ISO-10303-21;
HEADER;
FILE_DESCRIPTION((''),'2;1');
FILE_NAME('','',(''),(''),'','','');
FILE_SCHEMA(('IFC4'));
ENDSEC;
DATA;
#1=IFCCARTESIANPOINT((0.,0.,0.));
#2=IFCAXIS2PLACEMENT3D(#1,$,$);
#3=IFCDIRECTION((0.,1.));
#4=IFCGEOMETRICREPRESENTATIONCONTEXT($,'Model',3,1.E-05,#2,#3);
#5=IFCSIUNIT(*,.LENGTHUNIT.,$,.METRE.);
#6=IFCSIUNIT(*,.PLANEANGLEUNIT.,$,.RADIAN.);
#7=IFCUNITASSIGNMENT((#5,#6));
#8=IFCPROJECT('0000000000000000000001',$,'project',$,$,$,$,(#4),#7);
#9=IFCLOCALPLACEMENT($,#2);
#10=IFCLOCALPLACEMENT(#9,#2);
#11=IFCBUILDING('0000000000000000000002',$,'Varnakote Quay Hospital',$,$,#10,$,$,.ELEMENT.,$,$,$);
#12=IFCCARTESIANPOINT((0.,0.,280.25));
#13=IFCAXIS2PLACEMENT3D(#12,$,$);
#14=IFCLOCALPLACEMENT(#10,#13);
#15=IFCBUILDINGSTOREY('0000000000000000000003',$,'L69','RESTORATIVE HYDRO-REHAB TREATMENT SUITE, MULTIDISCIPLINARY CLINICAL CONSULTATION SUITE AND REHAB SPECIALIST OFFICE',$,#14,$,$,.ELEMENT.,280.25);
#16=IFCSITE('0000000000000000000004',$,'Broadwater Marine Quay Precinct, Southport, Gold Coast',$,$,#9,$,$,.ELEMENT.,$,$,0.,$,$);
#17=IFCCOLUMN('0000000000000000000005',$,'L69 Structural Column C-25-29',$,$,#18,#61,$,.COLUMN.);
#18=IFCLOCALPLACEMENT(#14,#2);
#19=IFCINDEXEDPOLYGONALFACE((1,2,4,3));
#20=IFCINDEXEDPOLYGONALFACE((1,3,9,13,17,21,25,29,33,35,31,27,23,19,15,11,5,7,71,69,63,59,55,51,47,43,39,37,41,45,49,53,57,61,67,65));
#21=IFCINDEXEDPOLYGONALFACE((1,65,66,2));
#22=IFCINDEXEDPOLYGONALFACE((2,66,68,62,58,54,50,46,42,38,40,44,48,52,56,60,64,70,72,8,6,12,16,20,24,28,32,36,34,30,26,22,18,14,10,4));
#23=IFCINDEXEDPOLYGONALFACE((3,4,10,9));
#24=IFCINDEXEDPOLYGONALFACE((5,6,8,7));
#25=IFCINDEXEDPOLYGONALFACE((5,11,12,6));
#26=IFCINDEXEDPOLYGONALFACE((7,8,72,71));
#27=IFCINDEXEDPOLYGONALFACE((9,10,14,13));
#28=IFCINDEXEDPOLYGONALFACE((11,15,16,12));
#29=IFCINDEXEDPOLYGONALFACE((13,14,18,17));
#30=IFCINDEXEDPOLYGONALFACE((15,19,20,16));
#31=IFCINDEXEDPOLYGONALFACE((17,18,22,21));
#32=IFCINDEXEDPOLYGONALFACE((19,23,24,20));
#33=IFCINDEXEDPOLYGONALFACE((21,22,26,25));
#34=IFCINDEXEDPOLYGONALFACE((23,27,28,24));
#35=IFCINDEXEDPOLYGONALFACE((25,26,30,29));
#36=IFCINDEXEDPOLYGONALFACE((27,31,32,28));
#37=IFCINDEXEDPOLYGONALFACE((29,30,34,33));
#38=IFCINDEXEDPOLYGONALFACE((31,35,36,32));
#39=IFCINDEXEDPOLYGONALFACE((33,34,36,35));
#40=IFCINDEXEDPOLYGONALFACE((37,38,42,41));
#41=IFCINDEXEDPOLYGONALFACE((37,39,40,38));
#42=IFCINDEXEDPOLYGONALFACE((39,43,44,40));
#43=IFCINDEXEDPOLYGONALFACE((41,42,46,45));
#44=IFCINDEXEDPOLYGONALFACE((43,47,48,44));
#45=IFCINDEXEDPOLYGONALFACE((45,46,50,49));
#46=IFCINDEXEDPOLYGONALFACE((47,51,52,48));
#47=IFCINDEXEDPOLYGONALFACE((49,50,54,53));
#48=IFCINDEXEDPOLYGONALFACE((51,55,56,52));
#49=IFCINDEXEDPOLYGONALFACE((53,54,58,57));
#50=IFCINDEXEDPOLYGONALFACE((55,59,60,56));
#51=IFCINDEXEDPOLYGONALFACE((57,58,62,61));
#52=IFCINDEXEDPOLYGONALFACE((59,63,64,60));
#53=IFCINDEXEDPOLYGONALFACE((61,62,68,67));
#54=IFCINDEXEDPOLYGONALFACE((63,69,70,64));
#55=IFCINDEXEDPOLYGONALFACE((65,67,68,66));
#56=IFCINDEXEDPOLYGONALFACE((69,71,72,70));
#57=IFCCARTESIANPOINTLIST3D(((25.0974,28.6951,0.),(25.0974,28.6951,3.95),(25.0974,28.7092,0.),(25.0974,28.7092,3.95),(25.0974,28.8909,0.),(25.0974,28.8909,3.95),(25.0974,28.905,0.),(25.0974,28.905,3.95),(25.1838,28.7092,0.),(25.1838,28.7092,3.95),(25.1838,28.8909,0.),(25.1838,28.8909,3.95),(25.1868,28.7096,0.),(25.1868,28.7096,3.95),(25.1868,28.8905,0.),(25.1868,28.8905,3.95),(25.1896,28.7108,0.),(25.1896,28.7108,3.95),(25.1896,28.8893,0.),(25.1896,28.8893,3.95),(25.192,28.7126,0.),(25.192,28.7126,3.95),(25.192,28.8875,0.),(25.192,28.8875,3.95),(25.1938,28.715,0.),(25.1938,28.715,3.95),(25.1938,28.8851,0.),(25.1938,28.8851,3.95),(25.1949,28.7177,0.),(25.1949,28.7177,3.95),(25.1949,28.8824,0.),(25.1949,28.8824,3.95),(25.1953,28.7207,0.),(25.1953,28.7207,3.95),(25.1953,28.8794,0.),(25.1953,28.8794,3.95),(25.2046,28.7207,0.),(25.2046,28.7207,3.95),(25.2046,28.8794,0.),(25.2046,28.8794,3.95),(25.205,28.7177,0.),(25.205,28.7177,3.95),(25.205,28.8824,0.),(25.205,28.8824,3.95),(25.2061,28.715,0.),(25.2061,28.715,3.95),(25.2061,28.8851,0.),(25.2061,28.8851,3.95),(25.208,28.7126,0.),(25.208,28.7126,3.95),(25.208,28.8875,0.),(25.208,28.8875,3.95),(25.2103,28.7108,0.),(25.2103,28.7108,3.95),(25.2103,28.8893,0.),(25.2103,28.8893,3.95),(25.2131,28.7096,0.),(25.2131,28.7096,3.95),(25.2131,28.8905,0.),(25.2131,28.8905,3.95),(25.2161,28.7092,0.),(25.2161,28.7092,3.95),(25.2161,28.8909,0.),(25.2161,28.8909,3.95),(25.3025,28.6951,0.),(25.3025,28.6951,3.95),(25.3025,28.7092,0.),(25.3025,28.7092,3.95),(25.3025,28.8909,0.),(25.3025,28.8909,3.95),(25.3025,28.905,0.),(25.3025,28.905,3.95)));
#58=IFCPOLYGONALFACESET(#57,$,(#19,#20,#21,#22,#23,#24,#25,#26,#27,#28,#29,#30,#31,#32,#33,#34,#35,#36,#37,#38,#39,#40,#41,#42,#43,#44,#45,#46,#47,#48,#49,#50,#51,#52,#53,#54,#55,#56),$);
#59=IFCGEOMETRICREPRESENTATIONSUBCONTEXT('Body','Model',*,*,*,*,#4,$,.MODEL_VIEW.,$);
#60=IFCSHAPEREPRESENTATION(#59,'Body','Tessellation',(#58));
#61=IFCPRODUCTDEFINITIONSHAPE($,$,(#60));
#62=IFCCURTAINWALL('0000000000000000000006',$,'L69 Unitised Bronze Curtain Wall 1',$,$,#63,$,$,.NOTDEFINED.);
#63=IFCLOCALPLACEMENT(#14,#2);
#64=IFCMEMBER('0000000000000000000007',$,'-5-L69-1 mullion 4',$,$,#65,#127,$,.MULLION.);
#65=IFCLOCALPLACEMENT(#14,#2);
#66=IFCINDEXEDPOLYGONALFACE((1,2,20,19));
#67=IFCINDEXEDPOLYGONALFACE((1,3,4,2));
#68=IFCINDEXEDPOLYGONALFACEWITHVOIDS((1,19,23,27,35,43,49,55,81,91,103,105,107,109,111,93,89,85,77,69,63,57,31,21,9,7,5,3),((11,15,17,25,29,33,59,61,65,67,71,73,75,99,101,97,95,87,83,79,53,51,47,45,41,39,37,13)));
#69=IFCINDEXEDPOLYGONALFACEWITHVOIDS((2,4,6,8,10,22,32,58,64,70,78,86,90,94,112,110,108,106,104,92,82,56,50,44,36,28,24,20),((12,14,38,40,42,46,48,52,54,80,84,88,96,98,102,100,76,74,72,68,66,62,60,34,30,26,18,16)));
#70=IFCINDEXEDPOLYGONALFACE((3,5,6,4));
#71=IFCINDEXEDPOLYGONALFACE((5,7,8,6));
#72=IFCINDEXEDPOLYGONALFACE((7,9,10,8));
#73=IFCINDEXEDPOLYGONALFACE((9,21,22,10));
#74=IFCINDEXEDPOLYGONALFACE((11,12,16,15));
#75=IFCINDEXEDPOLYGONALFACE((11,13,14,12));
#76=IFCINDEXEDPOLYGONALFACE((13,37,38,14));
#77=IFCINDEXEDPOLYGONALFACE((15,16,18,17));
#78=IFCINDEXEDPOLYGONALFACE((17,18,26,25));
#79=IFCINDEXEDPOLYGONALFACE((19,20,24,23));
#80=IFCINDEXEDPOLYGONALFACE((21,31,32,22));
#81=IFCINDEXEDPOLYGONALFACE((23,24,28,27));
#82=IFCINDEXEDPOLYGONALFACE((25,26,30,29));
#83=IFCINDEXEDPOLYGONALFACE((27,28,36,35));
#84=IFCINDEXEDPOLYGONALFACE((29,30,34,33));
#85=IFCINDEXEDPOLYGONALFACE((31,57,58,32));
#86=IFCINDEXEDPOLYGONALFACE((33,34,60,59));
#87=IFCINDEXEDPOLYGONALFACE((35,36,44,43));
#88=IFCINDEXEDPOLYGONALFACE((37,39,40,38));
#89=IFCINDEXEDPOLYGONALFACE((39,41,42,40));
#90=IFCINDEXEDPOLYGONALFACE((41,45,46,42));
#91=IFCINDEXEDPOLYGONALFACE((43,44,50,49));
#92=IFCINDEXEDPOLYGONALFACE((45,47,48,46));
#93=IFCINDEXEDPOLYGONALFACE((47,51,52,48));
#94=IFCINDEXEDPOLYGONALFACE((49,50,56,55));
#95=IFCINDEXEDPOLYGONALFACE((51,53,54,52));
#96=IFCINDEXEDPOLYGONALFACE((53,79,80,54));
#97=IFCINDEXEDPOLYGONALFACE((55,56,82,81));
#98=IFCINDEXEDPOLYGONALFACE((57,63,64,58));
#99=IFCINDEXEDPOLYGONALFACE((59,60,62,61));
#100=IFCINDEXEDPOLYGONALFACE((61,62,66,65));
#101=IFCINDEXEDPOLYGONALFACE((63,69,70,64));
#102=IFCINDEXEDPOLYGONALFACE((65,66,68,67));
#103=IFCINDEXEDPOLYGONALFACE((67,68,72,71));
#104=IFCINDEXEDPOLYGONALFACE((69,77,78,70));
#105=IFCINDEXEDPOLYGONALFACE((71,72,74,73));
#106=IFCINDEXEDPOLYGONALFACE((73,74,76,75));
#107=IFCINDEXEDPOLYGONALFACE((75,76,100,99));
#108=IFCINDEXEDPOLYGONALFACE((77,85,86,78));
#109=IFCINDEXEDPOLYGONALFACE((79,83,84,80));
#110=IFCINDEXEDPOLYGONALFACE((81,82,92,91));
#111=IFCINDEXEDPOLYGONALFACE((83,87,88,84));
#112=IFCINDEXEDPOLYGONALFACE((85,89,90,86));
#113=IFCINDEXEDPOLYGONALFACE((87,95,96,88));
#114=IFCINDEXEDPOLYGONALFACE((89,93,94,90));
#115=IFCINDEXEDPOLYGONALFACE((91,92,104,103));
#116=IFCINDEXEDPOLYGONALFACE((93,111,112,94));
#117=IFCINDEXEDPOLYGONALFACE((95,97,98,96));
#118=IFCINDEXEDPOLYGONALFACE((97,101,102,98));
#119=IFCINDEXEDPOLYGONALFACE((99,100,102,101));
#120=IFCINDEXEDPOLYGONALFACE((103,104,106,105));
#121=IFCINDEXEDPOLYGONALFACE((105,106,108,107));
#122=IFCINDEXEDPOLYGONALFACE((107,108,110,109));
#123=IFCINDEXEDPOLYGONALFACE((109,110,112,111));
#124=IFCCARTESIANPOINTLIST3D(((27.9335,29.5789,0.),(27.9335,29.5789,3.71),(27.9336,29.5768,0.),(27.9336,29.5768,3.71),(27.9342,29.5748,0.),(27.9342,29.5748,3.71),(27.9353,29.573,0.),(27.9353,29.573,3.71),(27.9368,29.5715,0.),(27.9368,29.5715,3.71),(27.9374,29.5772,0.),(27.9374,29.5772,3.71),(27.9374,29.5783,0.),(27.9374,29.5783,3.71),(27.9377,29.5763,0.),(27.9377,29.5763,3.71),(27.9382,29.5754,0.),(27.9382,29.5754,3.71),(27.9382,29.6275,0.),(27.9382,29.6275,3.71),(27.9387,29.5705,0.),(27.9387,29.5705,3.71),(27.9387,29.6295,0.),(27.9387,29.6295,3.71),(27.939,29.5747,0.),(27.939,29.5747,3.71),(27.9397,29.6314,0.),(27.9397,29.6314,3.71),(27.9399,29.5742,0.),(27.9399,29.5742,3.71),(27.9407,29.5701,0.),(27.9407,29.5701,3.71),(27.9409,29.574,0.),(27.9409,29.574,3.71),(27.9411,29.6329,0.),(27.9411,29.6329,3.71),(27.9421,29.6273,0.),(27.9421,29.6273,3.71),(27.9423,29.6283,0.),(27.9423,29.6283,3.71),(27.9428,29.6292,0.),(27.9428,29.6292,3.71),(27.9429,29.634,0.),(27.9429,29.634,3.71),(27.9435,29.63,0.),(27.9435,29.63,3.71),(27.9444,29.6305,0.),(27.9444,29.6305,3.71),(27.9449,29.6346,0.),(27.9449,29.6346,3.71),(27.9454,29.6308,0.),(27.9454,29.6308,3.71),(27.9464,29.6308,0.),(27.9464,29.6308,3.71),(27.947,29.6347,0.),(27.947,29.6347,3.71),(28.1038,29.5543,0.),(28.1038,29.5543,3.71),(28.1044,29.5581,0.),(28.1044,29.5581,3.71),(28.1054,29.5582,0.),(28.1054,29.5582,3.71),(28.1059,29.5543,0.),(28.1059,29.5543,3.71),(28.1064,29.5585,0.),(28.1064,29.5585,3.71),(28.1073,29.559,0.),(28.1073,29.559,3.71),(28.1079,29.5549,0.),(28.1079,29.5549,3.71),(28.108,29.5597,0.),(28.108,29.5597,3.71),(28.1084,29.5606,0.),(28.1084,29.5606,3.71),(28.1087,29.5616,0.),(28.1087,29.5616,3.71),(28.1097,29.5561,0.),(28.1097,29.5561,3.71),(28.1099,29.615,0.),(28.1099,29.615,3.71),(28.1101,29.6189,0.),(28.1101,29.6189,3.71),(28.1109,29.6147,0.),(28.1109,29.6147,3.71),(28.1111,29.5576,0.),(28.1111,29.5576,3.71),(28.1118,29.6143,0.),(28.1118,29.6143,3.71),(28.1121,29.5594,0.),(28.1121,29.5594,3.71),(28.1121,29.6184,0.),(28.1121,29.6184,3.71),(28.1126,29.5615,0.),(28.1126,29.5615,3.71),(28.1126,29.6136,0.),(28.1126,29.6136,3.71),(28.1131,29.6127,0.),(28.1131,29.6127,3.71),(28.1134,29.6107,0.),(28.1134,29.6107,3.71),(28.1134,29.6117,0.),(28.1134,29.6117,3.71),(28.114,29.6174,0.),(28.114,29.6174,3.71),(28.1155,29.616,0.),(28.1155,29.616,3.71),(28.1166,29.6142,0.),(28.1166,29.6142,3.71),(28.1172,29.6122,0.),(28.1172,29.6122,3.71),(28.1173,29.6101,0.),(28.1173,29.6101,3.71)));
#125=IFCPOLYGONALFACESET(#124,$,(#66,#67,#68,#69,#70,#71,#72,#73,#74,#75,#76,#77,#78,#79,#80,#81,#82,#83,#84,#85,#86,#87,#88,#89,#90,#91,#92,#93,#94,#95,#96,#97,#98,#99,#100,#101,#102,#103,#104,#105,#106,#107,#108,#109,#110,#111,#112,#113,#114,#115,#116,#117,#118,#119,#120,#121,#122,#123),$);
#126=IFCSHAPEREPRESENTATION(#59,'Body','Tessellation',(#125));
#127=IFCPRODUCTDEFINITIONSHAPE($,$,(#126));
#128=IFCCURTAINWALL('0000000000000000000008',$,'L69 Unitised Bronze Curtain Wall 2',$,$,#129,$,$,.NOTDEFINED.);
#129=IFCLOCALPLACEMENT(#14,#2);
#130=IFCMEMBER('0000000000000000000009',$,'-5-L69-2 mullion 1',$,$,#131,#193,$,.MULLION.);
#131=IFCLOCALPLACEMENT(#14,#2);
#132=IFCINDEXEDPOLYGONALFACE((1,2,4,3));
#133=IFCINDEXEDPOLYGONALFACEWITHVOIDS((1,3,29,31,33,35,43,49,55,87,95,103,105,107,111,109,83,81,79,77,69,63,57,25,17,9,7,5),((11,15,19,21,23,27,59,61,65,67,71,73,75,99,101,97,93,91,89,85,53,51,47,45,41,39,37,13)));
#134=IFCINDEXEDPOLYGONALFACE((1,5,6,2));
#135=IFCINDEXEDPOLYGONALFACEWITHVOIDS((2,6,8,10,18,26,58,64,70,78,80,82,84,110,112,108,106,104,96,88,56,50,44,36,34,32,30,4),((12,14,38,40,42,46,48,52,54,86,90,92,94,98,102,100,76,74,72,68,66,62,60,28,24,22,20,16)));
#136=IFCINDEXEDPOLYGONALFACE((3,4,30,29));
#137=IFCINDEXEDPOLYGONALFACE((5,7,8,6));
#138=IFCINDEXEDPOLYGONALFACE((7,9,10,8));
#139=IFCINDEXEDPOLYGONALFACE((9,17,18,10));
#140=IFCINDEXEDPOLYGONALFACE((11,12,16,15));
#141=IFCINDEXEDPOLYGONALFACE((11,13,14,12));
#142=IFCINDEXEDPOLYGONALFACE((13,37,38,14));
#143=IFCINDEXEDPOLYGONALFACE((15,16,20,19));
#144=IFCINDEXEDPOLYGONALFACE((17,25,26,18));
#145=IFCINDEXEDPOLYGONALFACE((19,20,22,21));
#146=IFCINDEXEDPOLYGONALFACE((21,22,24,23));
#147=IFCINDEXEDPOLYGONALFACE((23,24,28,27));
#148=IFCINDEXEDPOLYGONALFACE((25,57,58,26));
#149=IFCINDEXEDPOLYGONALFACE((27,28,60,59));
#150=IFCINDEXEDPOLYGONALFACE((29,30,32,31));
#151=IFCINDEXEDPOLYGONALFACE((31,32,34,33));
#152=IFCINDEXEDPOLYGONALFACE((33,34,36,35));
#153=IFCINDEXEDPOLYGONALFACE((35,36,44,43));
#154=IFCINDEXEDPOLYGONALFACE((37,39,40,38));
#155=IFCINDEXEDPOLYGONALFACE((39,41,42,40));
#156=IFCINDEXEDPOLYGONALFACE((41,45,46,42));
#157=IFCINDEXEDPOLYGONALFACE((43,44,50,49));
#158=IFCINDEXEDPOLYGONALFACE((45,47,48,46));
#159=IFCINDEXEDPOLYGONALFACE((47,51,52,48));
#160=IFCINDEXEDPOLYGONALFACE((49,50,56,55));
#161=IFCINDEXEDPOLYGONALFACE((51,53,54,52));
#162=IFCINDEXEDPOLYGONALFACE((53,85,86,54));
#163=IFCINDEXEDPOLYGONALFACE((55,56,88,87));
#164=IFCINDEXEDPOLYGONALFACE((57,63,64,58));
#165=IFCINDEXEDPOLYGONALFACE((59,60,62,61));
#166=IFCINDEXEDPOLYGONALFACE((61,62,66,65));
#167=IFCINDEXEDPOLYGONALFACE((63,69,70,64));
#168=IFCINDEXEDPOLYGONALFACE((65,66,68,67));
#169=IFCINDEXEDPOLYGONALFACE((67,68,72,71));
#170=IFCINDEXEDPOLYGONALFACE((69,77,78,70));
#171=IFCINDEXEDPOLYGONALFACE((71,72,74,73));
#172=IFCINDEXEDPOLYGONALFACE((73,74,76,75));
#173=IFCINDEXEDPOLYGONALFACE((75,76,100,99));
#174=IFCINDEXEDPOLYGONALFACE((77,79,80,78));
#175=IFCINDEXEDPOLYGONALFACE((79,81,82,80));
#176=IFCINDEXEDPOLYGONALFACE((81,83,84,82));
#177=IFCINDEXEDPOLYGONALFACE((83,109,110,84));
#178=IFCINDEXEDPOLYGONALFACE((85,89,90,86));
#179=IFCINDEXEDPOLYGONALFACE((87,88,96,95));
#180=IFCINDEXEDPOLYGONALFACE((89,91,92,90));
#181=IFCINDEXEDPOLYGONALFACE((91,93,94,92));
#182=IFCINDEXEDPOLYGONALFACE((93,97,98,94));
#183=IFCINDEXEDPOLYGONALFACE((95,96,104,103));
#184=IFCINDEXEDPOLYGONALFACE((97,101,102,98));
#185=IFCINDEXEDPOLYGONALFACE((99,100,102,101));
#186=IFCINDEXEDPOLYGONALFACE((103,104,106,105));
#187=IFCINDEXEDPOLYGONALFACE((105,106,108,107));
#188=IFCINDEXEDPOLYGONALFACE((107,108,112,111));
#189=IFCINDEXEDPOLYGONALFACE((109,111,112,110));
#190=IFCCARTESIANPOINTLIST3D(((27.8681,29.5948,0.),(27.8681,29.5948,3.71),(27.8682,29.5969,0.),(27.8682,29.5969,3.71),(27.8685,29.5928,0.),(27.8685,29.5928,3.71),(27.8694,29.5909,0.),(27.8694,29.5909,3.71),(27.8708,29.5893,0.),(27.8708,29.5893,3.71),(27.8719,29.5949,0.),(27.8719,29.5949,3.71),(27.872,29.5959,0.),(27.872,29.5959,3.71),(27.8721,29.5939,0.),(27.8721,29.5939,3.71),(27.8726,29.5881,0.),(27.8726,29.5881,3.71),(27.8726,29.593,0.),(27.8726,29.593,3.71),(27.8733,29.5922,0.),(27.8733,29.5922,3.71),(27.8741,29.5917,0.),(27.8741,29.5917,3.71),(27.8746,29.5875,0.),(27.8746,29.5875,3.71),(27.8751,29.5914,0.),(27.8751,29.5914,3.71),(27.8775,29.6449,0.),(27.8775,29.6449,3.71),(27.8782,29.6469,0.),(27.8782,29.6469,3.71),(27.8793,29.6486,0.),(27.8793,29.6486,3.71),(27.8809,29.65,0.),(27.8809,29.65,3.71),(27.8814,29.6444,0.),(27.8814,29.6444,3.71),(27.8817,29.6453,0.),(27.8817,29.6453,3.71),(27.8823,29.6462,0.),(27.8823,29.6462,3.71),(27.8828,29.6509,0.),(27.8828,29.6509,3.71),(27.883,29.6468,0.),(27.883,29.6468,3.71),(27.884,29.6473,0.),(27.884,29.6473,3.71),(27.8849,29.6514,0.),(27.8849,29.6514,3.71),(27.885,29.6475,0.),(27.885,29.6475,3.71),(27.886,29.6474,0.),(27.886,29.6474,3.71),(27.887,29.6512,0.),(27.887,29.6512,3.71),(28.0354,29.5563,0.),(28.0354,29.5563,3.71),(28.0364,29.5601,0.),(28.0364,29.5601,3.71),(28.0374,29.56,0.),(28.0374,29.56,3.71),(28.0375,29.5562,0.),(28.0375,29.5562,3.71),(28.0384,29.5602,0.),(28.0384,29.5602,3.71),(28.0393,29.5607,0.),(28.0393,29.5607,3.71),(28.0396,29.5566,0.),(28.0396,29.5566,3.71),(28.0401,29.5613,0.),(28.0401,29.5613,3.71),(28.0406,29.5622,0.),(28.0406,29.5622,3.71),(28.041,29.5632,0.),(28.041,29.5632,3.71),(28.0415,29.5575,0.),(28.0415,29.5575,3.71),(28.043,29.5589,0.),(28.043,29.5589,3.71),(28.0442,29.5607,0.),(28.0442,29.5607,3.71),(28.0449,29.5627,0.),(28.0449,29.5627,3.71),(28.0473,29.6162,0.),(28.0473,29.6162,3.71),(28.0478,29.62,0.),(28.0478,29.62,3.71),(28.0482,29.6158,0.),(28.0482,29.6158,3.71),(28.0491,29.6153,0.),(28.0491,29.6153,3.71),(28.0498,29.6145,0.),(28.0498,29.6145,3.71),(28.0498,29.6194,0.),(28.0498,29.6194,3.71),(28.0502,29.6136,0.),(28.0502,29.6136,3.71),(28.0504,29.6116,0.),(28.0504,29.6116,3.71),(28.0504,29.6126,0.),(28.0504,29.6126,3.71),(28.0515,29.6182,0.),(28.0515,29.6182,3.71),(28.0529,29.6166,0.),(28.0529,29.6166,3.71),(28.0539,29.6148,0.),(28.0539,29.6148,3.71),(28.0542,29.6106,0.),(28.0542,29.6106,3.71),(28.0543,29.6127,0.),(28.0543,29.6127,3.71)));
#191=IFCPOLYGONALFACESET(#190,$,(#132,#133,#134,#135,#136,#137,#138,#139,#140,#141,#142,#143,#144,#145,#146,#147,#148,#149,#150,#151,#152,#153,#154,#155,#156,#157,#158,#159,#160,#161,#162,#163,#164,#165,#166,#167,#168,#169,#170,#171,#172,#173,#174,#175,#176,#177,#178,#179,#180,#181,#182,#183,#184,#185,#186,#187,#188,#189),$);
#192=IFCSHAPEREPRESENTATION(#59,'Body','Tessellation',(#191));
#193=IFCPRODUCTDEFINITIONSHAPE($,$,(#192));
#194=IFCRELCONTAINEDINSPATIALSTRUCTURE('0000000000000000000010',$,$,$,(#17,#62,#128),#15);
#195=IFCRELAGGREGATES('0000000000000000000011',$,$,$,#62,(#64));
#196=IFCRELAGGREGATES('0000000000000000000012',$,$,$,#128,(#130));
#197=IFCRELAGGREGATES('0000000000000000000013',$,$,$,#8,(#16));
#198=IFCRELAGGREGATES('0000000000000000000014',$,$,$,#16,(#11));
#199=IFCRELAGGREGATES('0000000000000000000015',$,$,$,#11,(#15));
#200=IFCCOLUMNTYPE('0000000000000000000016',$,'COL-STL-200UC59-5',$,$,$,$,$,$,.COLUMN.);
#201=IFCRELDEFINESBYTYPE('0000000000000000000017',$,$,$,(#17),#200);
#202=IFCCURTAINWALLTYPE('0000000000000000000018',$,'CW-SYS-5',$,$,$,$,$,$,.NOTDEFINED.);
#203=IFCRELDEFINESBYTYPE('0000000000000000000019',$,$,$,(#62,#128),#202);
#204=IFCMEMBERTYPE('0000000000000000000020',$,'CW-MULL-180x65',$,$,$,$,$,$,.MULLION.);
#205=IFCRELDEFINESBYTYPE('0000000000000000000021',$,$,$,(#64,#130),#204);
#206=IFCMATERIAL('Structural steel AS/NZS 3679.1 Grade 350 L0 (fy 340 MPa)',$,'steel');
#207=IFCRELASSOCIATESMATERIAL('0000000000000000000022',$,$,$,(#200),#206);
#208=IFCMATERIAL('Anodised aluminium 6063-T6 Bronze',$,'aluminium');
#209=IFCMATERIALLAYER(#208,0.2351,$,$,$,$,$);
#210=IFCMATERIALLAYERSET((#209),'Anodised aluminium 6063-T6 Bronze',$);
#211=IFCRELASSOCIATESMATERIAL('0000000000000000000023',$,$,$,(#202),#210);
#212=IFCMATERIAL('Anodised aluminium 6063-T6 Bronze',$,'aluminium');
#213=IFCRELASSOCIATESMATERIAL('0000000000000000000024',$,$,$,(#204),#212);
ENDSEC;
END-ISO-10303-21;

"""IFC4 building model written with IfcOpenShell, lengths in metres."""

from ifc_helpers import new_model, si_unit, direction, frame, origin, origin_2d, place, context, subcontext, project, spatial, hollow_rectangle, i_section, extrude, material, layer, layer_set, material_profile, profile_set, type_object, element, aggregate, save


model = new_model("IFC4")

# Units and contexts
model_context = context("Model", 3, precision=1e-05, world=origin(), true_north=direction((0.0, 1.0)))
body_context = subcontext(model_context, "Body", "Model", "MODEL_VIEW")
ifc_project = project(units=[si_unit("LENGTHUNIT", "METRE"), si_unit("PLANEANGLEUNIT", "RADIAN")], contexts=[model_context])

# Site, building, storey
site_placement = place(None, origin())
site = spatial("IfcSite", under=ifc_project, at=site_placement, Name="Broadwater Marine Quay Precinct, Southport, Gold Coast", CompositionType="ELEMENT", RefElevation=0.0)
building_placement = place(site_placement, origin())
building = spatial("IfcBuilding", under=site, at=building_placement, Name="Varnakote Quay Hospital", CompositionType="ELEMENT")
storey_placement = place(building_placement, frame((0.0, 0.0, 280.25)))
storey = spatial("IfcBuildingStorey", under=building, at=storey_placement, Name="L69", Description="RESTORATIVE HYDRO-REHAB TREATMENT SUITE, MULTIDISCIPLINARY CLINICAL CONSULTATION SUITE AND REHAB SPECIALIST OFFICE", CompositionType="ELEMENT", Elevation=280.25)

# Column
ifc_material_1 = material(Name="Structural steel AS/NZS 3679.1 Grade 350 L0 (fy 340 MPa)", Category="steel")
ifc_material_profile_1 = material_profile(ifc_material_1, i_section(OverallWidth=0.2051, OverallDepth=0.21, WebThickness=0.0093, FlangeThickness=0.0142, FilletRadius=0.0115, at=origin_2d()), Name="200UC59.5")
ifc_profile_set_1 = profile_set([ifc_material_profile_1], Name="Structural steel AS/NZS 3679.1 Grade 350 L0 (fy 340 MPa)")
column_type = type_object("IfcColumnType", Name="COL-STL-200UC59-5", PredefinedType="COLUMN", material=ifc_profile_set_1)
column_placement = place(storey_placement, frame((25.2, 28.8, 0.0), z_axis=(0.0, 0.0, 1.0), x_axis=(1.0, 0.0, 0.0)))
element("IfcColumn", 1, at=column_placement, inside=storey, type_object=column_type, Name="L69 Structural Column C-25-29", PredefinedType="COLUMN", context=body_context, shape_type="SweptSolid", body=[
    extrude(i_section(OverallWidth=0.2051, OverallDepth=0.21, WebThickness=0.0093, FlangeThickness=0.0142, FilletRadius=0.0115, at=origin_2d()), origin(), (0.0, 0.0, 1.0), 3.95),
])

# Curtain wall, member
ifc_material_2 = material(Name="Anodised aluminium 6063-T6 Bronze", Category="aluminium")
ifc_layer_1 = layer(ifc_material_2, 0.2351)
ifc_layer_set_1 = layer_set([ifc_layer_1], Name="Anodised aluminium 6063-T6 Bronze")
curtain_wall_type = type_object("IfcCurtainWallType", Name="CW-SYS-5", PredefinedType="NOTDEFINED", material=ifc_layer_set_1)
curtain_wall_1_placement = place(storey_placement, origin())
curtain_wall_1 = element("IfcCurtainWall", 2, at=curtain_wall_1_placement, inside=storey, type_object=curtain_wall_type, Name="L69 Unitised Bronze Curtain Wall 1", PredefinedType="NOTDEFINED")
ifc_material_3 = material(Name="Anodised aluminium 6063-T6 Bronze", Category="aluminium")
ifc_material_profile_2 = material_profile(ifc_material_3, hollow_rectangle(XDim=0.0649, YDim=0.1799, WallThickness=0.0039, InnerFilletRadius=0.0039, OuterFilletRadius=0.0081, at=origin_2d()), Name="CW-MULL-180x65")
ifc_profile_set_2 = profile_set([ifc_material_profile_2], Name="Anodised aluminium 6063-T6 Bronze")
member_type_1 = type_object("IfcMemberType", Name="CW-MULL-180x65", PredefinedType="MULLION", material=ifc_profile_set_2)
member_1_placement = place(storey_placement, frame((28.0254, 29.5945, 0.0), z_axis=(0.0, 0.0, 1.0), x_axis=(-0.096569, -0.995326, 0.0)))
member_1 = element("IfcMember", 3, at=member_1_placement, type_object=member_type_1, Name="-5-L69-1 mullion 4", PredefinedType="MULLION", context=body_context, shape_type="SweptSolid", body=[
    extrude(hollow_rectangle(XDim=0.0649, YDim=0.1799, WallThickness=0.0039, InnerFilletRadius=0.0039, OuterFilletRadius=0.0081, at=origin_2d()), origin(), (0.0, 0.0, 1.0), 3.71),
])

# Curtain wall, member
curtain_wall_2_placement = place(storey_placement, origin())
curtain_wall_2 = element("IfcCurtainWall", 4, at=curtain_wall_2_placement, inside=storey, type_object=curtain_wall_type, Name="L69 Unitised Bronze Curtain Wall 2", PredefinedType="NOTDEFINED")
member_2_placement = place(storey_placement, frame((27.9612, 29.6038, 0.0), z_axis=(0.0, 0.0, 1.0), x_axis=(-0.190434, -0.9817, 0.0)))
member_2 = element("IfcMember", 5, at=member_2_placement, type_object=member_type_1, Name="-5-L69-2 mullion 1", PredefinedType="MULLION", context=body_context, shape_type="SweptSolid", body=[
    extrude(hollow_rectangle(XDim=0.0649, YDim=0.1799, WallThickness=0.0039, InnerFilletRadius=0.0039, OuterFilletRadius=0.0081, at=origin_2d()), origin(), (0.0, 0.0, 1.0), 3.71),
])

aggregate(curtain_wall_1, [member_1])
aggregate(curtain_wall_2, [member_2])

save(model, "model.ifc")
